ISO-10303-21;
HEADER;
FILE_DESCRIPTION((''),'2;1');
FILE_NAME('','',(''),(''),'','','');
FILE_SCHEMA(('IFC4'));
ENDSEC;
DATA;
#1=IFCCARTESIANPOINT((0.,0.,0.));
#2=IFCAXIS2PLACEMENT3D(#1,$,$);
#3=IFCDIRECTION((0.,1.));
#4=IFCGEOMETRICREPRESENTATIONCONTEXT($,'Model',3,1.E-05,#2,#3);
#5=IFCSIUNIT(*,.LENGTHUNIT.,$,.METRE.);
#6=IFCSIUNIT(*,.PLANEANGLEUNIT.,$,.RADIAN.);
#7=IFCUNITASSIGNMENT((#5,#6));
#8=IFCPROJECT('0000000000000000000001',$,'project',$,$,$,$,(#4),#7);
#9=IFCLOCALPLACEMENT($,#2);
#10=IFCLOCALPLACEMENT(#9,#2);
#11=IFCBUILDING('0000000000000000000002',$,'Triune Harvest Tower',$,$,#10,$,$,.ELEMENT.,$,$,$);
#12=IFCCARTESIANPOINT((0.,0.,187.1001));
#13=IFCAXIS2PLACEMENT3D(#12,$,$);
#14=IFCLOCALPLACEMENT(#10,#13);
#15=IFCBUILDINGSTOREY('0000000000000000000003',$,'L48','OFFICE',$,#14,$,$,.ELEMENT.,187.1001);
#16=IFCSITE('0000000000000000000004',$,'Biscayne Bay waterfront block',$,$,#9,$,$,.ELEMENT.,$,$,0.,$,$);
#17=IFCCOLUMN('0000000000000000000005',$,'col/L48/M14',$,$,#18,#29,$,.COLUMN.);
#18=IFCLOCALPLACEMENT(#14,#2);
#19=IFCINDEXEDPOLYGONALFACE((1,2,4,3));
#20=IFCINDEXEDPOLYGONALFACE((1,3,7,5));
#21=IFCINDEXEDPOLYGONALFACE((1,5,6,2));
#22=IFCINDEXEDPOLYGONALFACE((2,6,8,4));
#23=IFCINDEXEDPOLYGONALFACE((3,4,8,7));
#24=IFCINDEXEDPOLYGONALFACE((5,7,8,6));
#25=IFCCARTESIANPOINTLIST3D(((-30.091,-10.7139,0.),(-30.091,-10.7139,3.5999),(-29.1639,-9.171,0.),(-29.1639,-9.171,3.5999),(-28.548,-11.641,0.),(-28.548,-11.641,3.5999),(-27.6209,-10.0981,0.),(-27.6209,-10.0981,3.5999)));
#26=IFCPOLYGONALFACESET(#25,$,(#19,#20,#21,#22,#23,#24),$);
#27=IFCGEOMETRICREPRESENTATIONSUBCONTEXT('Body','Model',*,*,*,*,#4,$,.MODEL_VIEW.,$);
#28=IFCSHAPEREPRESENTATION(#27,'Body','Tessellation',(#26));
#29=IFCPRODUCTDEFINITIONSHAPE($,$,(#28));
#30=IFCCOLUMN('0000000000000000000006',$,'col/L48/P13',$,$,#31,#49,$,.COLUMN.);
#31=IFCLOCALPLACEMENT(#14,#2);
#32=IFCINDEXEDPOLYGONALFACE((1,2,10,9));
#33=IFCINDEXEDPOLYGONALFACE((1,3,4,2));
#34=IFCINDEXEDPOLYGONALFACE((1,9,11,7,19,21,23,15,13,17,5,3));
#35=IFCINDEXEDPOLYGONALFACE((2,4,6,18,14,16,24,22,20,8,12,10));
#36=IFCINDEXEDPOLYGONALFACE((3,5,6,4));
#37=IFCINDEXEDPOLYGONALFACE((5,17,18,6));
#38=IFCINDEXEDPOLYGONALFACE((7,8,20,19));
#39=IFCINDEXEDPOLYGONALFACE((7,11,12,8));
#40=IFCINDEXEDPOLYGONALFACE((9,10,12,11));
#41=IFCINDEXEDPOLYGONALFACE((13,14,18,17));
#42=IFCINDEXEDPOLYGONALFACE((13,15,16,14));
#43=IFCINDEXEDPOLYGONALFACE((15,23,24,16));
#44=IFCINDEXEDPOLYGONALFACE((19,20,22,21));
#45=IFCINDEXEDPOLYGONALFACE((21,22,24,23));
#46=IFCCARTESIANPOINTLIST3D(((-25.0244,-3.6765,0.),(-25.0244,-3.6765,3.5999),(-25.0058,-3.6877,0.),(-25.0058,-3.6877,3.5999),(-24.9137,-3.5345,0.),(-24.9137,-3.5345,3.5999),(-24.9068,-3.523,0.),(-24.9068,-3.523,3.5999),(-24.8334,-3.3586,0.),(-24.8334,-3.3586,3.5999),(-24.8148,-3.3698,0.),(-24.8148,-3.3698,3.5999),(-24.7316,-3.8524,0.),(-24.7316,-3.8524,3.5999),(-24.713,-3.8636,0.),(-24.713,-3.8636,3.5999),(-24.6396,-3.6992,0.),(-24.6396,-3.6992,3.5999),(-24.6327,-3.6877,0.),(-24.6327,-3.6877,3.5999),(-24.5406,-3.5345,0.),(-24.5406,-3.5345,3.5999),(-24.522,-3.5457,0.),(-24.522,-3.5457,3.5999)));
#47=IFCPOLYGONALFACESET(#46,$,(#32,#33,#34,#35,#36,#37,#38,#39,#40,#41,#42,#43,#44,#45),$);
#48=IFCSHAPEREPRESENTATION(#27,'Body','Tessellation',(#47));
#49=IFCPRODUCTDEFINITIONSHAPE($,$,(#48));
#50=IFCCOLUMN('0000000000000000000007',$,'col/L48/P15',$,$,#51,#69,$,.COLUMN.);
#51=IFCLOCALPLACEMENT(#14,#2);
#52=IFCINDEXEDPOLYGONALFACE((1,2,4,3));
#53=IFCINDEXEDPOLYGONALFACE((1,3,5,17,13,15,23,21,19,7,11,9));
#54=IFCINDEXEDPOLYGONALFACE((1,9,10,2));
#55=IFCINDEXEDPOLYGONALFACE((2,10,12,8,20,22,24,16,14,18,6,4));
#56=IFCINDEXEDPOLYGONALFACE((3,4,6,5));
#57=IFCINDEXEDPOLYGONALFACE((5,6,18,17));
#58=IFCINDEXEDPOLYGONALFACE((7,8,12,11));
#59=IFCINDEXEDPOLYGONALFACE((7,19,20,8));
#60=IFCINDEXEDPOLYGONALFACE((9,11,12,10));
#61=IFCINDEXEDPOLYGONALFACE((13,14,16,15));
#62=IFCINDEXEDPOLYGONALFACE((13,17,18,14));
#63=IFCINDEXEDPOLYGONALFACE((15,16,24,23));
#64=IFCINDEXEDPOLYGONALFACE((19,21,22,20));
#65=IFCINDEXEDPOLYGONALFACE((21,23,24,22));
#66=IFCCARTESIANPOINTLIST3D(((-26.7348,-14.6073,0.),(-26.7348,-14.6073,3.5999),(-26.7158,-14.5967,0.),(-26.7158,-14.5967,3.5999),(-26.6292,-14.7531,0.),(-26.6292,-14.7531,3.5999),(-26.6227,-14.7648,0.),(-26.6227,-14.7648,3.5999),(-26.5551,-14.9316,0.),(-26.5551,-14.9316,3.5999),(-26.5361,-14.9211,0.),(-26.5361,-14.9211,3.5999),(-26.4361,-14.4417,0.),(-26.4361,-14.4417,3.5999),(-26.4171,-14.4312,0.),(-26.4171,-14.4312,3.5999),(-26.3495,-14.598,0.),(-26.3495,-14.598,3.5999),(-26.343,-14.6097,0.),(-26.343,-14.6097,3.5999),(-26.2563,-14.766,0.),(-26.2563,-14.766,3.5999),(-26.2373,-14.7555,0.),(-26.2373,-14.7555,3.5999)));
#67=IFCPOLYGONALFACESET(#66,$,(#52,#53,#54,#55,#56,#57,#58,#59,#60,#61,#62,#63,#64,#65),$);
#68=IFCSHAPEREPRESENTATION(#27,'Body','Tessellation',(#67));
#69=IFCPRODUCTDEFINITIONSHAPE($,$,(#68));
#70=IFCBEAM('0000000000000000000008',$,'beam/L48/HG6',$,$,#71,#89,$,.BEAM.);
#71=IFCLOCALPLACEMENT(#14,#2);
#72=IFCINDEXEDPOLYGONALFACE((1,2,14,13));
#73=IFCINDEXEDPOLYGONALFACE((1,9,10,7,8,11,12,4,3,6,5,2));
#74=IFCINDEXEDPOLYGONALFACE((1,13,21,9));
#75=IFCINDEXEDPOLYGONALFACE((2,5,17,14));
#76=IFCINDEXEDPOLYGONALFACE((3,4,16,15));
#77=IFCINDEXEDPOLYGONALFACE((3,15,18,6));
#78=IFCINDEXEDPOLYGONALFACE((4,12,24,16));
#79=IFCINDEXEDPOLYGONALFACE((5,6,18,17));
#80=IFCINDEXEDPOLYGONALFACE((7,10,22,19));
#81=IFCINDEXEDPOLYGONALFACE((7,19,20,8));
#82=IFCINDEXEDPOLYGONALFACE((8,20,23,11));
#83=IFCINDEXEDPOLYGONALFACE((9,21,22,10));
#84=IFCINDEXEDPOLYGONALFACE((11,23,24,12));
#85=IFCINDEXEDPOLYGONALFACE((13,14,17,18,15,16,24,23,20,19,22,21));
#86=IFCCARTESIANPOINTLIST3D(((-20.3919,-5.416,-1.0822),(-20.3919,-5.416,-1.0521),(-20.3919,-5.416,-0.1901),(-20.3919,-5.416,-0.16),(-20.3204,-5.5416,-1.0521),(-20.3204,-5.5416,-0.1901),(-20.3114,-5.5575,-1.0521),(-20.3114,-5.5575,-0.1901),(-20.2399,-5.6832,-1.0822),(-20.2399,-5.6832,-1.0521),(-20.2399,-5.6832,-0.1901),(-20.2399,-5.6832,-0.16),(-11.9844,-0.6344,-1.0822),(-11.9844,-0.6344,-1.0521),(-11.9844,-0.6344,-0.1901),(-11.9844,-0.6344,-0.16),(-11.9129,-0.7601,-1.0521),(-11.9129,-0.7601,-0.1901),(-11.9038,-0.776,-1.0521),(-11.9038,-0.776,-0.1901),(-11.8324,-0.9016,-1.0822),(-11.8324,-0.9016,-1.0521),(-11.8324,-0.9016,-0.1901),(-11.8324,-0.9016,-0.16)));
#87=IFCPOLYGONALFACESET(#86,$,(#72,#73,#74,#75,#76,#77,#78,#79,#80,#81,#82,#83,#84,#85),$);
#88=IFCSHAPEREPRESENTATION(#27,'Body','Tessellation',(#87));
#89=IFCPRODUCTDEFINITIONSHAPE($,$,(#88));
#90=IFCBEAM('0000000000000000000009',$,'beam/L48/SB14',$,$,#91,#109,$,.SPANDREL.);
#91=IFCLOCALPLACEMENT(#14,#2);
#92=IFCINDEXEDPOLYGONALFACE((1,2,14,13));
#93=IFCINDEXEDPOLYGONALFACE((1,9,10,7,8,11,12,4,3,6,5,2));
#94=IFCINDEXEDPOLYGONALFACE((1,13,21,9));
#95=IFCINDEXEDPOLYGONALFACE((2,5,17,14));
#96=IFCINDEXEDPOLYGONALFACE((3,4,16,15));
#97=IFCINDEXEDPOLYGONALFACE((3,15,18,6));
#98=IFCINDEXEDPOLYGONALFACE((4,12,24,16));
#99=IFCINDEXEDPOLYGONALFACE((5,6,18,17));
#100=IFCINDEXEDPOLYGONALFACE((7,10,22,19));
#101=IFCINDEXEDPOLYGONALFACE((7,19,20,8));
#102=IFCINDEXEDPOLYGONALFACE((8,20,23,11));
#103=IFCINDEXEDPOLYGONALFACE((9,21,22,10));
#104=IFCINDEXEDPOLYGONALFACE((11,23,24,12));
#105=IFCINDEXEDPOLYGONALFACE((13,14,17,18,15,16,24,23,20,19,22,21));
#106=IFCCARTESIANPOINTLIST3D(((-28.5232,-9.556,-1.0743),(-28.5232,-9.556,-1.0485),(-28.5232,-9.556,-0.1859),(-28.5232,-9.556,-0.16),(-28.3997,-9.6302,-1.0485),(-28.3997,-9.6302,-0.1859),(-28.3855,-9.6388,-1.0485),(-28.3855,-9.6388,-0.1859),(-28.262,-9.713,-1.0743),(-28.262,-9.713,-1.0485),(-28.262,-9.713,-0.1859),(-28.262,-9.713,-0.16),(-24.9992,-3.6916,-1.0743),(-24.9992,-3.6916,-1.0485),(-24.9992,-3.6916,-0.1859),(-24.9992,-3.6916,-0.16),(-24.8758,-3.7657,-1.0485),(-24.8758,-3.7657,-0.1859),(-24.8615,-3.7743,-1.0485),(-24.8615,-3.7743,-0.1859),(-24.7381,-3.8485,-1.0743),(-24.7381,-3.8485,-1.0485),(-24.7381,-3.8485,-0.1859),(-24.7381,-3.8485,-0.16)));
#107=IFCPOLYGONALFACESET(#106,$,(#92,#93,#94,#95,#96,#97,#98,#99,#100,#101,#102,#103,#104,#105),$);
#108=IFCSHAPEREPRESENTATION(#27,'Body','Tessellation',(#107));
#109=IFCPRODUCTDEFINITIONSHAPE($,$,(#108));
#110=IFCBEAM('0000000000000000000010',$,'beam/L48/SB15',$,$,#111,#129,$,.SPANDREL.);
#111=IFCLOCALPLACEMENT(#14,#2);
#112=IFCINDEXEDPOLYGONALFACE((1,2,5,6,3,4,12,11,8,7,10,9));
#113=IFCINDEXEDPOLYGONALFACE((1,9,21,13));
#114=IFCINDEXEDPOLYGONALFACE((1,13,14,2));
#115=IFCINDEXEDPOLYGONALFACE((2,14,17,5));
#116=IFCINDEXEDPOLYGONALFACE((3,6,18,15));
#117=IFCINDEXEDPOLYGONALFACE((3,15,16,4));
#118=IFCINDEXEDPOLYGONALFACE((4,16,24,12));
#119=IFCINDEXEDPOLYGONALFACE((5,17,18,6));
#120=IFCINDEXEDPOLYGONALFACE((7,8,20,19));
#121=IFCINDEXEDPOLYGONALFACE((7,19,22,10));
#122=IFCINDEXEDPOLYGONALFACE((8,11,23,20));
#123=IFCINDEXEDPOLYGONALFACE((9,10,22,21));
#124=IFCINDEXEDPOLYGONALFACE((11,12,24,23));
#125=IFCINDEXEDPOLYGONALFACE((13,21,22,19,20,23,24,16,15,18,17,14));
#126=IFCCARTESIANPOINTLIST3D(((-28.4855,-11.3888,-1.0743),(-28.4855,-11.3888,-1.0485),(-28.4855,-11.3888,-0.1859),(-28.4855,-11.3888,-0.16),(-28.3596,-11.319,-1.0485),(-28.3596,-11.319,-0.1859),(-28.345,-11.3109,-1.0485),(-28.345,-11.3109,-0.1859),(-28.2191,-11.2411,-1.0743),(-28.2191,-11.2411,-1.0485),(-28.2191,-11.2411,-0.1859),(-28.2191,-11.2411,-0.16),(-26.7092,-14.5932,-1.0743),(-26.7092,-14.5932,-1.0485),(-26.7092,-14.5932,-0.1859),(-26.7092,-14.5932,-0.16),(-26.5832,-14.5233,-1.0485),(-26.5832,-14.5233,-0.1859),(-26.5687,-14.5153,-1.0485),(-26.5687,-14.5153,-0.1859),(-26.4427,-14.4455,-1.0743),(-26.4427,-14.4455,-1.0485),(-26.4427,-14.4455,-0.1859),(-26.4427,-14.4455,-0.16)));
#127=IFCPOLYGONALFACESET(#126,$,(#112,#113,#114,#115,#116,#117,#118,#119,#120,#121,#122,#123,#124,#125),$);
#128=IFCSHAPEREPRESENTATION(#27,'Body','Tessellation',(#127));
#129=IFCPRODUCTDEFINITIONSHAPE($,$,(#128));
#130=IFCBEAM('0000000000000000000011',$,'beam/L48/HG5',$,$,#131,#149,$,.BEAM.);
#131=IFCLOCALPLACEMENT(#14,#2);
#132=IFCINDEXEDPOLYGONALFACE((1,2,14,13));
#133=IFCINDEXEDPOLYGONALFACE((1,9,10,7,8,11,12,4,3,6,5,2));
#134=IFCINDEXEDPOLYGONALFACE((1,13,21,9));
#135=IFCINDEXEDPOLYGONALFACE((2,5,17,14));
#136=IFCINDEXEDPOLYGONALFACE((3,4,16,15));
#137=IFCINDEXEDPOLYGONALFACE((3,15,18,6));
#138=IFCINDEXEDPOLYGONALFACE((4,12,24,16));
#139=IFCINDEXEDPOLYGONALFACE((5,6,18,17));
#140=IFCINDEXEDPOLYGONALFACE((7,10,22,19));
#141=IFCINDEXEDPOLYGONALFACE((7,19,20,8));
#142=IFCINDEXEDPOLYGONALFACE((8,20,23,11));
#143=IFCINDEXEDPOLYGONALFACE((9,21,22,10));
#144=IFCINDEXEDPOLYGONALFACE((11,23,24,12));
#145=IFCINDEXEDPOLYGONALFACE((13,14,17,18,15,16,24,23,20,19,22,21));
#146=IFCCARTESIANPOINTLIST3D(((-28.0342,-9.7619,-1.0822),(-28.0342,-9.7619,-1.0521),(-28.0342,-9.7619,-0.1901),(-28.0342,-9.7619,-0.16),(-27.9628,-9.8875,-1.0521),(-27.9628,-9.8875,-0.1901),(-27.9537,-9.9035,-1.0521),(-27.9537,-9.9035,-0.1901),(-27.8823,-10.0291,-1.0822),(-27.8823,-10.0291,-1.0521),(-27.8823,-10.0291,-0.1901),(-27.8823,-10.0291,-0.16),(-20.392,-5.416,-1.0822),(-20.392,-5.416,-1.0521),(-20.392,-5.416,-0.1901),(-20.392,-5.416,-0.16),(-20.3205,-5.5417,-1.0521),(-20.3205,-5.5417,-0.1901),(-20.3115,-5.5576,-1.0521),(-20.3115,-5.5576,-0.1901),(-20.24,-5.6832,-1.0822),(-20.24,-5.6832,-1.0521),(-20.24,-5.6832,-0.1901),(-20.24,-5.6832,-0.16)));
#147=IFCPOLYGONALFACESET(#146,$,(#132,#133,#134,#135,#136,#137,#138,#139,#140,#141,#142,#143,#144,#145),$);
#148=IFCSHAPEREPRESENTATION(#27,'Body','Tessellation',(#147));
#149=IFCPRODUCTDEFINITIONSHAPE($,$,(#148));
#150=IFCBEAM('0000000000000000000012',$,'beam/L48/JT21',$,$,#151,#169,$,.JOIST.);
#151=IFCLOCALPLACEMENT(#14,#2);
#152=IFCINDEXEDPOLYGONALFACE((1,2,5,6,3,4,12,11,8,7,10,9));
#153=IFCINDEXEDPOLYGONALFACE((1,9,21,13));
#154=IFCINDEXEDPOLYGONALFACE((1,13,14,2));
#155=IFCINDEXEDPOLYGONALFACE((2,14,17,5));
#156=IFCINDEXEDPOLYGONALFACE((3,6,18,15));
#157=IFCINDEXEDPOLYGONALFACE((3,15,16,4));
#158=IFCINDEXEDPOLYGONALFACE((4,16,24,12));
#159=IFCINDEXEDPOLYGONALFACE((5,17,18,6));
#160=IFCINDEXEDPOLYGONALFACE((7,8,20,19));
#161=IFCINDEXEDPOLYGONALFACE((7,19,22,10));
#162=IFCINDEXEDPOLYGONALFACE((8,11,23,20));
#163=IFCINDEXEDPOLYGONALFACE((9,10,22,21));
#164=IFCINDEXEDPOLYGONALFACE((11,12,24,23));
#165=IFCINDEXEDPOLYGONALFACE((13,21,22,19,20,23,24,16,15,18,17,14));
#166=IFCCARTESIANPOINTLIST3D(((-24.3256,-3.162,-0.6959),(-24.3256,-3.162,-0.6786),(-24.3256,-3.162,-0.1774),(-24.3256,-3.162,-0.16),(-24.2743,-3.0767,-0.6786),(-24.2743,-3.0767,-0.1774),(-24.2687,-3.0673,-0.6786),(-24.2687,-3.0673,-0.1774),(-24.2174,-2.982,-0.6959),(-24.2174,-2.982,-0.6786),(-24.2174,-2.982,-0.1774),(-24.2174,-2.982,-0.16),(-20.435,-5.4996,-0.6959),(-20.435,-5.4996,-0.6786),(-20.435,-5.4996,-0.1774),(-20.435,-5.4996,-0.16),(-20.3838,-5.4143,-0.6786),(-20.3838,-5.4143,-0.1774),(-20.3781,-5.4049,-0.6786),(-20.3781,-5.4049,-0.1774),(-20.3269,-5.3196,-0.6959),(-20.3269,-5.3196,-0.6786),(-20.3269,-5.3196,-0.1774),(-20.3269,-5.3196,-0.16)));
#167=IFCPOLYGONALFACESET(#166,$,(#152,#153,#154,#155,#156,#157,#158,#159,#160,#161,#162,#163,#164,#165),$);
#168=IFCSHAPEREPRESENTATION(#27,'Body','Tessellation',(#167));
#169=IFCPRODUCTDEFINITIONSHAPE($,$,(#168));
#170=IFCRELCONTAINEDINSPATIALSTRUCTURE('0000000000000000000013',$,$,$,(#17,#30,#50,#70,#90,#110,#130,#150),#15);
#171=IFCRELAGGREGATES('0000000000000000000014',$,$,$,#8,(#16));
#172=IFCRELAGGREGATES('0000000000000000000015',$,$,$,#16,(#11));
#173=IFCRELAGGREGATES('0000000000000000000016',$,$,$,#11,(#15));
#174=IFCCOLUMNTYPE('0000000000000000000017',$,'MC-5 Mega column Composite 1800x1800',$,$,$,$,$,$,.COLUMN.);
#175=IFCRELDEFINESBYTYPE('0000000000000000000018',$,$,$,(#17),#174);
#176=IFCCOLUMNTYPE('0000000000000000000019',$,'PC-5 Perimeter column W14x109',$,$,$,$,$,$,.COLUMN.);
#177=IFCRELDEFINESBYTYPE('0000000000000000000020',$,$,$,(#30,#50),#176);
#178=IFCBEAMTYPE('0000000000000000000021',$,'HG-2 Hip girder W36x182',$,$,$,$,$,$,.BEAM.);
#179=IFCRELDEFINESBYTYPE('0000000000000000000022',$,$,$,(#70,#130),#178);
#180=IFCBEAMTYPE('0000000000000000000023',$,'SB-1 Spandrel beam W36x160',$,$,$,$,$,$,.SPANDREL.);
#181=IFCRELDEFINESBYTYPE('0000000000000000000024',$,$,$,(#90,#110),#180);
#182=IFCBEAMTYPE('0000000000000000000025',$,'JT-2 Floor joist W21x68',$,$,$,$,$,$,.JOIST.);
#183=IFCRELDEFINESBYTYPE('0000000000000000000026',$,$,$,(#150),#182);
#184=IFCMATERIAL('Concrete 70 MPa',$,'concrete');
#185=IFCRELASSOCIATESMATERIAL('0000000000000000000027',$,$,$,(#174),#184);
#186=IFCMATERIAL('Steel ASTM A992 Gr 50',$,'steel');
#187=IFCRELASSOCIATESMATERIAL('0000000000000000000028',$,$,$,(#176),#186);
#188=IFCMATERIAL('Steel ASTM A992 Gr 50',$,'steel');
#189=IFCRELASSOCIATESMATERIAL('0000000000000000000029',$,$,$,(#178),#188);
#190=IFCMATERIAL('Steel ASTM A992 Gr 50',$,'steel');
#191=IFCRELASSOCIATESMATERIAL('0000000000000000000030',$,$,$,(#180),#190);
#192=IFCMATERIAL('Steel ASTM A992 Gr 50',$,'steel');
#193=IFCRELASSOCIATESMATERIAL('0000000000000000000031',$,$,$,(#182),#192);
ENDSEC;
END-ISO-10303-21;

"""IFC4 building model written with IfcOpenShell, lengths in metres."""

from ifc_helpers import new_model, si_unit, direction, frame, origin, origin_2d, place, context, subcontext, project, spatial, rectangle, i_section, extrude, source, transform, mapped, material, material_profile, profile_set, type_object, element, save


model = new_model("IFC4")

# Units and contexts
model_context = context("Model", 3, precision=1e-05, world=origin(), true_north=direction((0.0, 1.0)))
body_context = subcontext(model_context, "Body", "Model", "MODEL_VIEW")
ifc_project = project(units=[si_unit("LENGTHUNIT", "METRE"), si_unit("PLANEANGLEUNIT", "RADIAN")], contexts=[model_context])

# Site, building, storey
site_placement = place(None, origin())
site = spatial("IfcSite", under=ifc_project, at=site_placement, Name="Biscayne Bay waterfront block", CompositionType="ELEMENT", RefElevation=0.0)
building_placement = place(site_placement, origin())
building = spatial("IfcBuilding", under=site, at=building_placement, Name="Triune Harvest Tower", CompositionType="ELEMENT")
storey_placement = place(building_placement, frame((0.0, 0.0, 187.1001)))
storey = spatial("IfcBuildingStorey", under=building, at=storey_placement, Name="L48", Description="OFFICE", CompositionType="ELEMENT", Elevation=187.1001)

# Columns
ifc_material_1 = material(Name="Concrete 70 MPa", Category="concrete")
ifc_material_profile_1 = material_profile(ifc_material_1, rectangle(XDim=1.8, YDim=1.8, at=origin_2d()), Name="Composite 1800x1800")
ifc_profile_set_1 = profile_set([ifc_material_profile_1], Name="Concrete 70 MPa")
column_type_1 = type_object("IfcColumnType", Name="MC-5 Mega column Composite 1800x1800", PredefinedType="COLUMN", material=ifc_profile_set_1)
shared_shape_1 = source(origin(), body_context, "Body", "SweptSolid", [
    extrude(rectangle(XDim=1.8, YDim=1.8, at=origin_2d()), origin(), (0.0, 0.0, 1.0), 3.5999),
])
column_placement = place(storey_placement, frame((-28.856, -10.406, 0.0), z_axis=(0.0, 0.0, 1.0), x_axis=(-0.515037, -0.857168, 0.0)))
element("IfcColumn", 1, at=column_placement, inside=storey, type_object=column_type_1, Name="col/L48/M14", PredefinedType="COLUMN", context=body_context, shape_type="MappedRepresentation", body=[
    mapped(shared_shape_1, transform((0.0, 0.0, 0.0), scale=1.0)),
])
ifc_material_2 = material(Name="Steel ASTM A992 Gr 50", Category="steel")
ifc_material_profile_2 = material_profile(ifc_material_2, i_section(OverallWidth=0.3708, OverallDepth=0.3633, WebThickness=0.0134, FlangeThickness=0.0217, at=origin_2d()), Name="W14x109")
ifc_profile_set_2 = profile_set([ifc_material_profile_2], Name="Steel ASTM A992 Gr 50")
column_type_2 = type_object("IfcColumnType", Name="PC-5 Perimeter column W14x109", PredefinedType="COLUMN", material=ifc_profile_set_2)
shared_shape_2 = source(origin(), body_context, "Body", "SweptSolid", [
    extrude(i_section(OverallWidth=0.3708, OverallDepth=0.3633, WebThickness=0.0134, FlangeThickness=0.0217, at=origin_2d()), origin(), (0.0, 0.0, 1.0), 3.5999),
])
for number, where, z_axis, x_axis, name in (
    (2, (-24.7732, -3.6111, 0.0), (0.0, 0.0, 1.0), (-0.515037, -0.857168, 0.0), "col/L48/P13"),
    (3, (-26.4861, -14.6814, 0.0), (0.0, 0.0, 1.0), (0.484808, -0.874621, 0.0), "col/L48/P15"),
):
    element("IfcColumn", number, at=place(storey_placement, frame(where, z_axis=z_axis, x_axis=x_axis)), inside=storey, type_object=column_type_2, Name=name, PredefinedType="COLUMN", context=body_context, shape_type="MappedRepresentation", body=[
        mapped(shared_shape_2, transform((0.0, 0.0, 0.0), scale=1.0)),
    ])

# Beams
ifc_material_3 = material(Name="Steel ASTM A992 Gr 50", Category="steel")
ifc_material_profile_3 = material_profile(ifc_material_3, i_section(OverallWidth=0.3074, OverallDepth=0.9221, WebThickness=0.0183, FlangeThickness=0.03, at=origin_2d()), Name="W36x182")
ifc_profile_set_3 = profile_set([ifc_material_profile_3], Name="Steel ASTM A992 Gr 50")
beam_type_1 = type_object("IfcBeamType", Name="HG-2 Hip girder W36x182", PredefinedType="BEAM", material=ifc_profile_set_3)
shared_shape_3 = source(origin(), body_context, "Body", "SweptSolid", [
    extrude(i_section(OverallWidth=0.3074, OverallDepth=0.9221, WebThickness=0.0183, FlangeThickness=0.03, at=origin_2d()), origin(), (0.0, 0.0, 1.0), 9.6721),
])
beam_1_placement = place(storey_placement, frame((-20.3159, -5.5496, -0.6211), z_axis=(0.869256, 0.494363, 0.0), x_axis=(-0.494363, 0.869256, 0.0)))
element("IfcBeam", 4, at=beam_1_placement, inside=storey, type_object=beam_type_1, Name="beam/L48/HG6", PredefinedType="BEAM", context=body_context, shape_type="MappedRepresentation", body=[
    mapped(shared_shape_3, transform((0.0, 0.0, 0.0), scale=1.0)),
])
ifc_material_4 = material(Name="Steel ASTM A992 Gr 50", Category="steel")
ifc_material_profile_4 = material_profile(ifc_material_4, i_section(OverallWidth=0.3047, OverallDepth=0.9143, WebThickness=0.0166, FlangeThickness=0.0259, at=origin_2d()), Name="W36x160")
ifc_profile_set_4 = profile_set([ifc_material_profile_4], Name="Steel ASTM A992 Gr 50")
beam_type_2 = type_object("IfcBeamType", Name="SB-1 Spandrel beam W36x160", PredefinedType="SPANDREL", material=ifc_profile_set_4)
shared_shape_4 = source(origin(), body_context, "Body", "SweptSolid", [
    extrude(i_section(OverallWidth=0.3047, OverallDepth=0.9143, WebThickness=0.0166, FlangeThickness=0.0259, at=origin_2d()), origin(), (0.0, 0.0, 1.0), 6.8418),
])
beam_2_placement = place(storey_placement, frame((-24.8687, -3.77, -0.6172), z_axis=(-0.515057, -0.857156, 0.0), x_axis=(0.857156, -0.515057, 0.0)))
element("IfcBeam", 5, at=beam_2_placement, inside=storey, type_object=beam_type_2, Name="beam/L48/SB14", PredefinedType="SPANDREL", context=body_context, shape_type="MappedRepresentation", body=[
    mapped(shared_shape_4, transform((0.0, 0.0, 0.0), scale=1.0)),
])
shared_shape_5 = source(origin(), body_context, "Body", "SweptSolid", [
    extrude(i_section(OverallWidth=0.3047, OverallDepth=0.9143, WebThickness=0.0166, FlangeThickness=0.0259, at=origin_2d()), origin(), (0.0, 0.0, 1.0), 3.6638),
])
beam_3_placement = place(storey_placement, frame((-28.3523, -11.3149, -0.6172), z_axis=(0.484845, -0.8746, 0.0), x_axis=(0.8746, 0.484845, 0.0)))
element("IfcBeam", 6, at=beam_3_placement, inside=storey, type_object=beam_type_2, Name="beam/L48/SB15", PredefinedType="SPANDREL", context=body_context, shape_type="MappedRepresentation", body=[
    mapped(shared_shape_5, transform((0.0, 0.0, 0.0), scale=1.0)),
])
shared_shape_6 = source(origin(), body_context, "Body", "SweptSolid", [
    extrude(i_section(OverallWidth=0.3074, OverallDepth=0.9221, WebThickness=0.0183, FlangeThickness=0.03, at=origin_2d()), origin(), (0.0, 0.0, 1.0), 8.7915),
])
beam_4_placement = place(storey_placement, frame((-27.9583, -9.8955, -0.6211), z_axis=(0.869275, 0.494329, 0.0), x_axis=(-0.494329, 0.869275, 0.0)))
element("IfcBeam", 7, at=beam_4_placement, inside=storey, type_object=beam_type_1, Name="beam/L48/HG5", PredefinedType="BEAM", context=body_context, shape_type="MappedRepresentation", body=[
    mapped(shared_shape_6, transform((0.0, 0.0, 0.0), scale=1.0)),
])
ifc_material_5 = material(Name="Steel ASTM A992 Gr 50", Category="steel")
ifc_material_profile_5 = material_profile(ifc_material_5, i_section(OverallWidth=0.21, OverallDepth=0.5359, WebThickness=0.011, FlangeThickness=0.0173, at=origin_2d()), Name="W21x68")
ifc_profile_set_5 = profile_set([ifc_material_profile_5], Name="Steel ASTM A992 Gr 50")
beam_type_3 = type_object("IfcBeamType", Name="JT-2 Floor joist W21x68", PredefinedType="JOIST", material=ifc_profile_set_5)
shared_shape_7 = source(origin(), body_context, "Body", "SweptSolid", [
    extrude(i_section(OverallWidth=0.21, OverallDepth=0.5359, WebThickness=0.011, FlangeThickness=0.0173, at=origin_2d()), origin(), (0.0, 0.0, 1.0), 4.5388),
])
beam_5_placement = place(storey_placement, frame((-24.2715, -3.072, -0.428), z_axis=(0.857175, -0.515026, 0.0), x_axis=(0.515026, 0.857175, 0.0)))
element("IfcBeam", 8, at=beam_5_placement, inside=storey, type_object=beam_type_3, Name="beam/L48/JT21", PredefinedType="JOIST", context=body_context, shape_type="MappedRepresentation", body=[
    mapped(shared_shape_7, transform((0.0, 0.0, 0.0), scale=1.0)),
])

save(model, "model.ifc")
